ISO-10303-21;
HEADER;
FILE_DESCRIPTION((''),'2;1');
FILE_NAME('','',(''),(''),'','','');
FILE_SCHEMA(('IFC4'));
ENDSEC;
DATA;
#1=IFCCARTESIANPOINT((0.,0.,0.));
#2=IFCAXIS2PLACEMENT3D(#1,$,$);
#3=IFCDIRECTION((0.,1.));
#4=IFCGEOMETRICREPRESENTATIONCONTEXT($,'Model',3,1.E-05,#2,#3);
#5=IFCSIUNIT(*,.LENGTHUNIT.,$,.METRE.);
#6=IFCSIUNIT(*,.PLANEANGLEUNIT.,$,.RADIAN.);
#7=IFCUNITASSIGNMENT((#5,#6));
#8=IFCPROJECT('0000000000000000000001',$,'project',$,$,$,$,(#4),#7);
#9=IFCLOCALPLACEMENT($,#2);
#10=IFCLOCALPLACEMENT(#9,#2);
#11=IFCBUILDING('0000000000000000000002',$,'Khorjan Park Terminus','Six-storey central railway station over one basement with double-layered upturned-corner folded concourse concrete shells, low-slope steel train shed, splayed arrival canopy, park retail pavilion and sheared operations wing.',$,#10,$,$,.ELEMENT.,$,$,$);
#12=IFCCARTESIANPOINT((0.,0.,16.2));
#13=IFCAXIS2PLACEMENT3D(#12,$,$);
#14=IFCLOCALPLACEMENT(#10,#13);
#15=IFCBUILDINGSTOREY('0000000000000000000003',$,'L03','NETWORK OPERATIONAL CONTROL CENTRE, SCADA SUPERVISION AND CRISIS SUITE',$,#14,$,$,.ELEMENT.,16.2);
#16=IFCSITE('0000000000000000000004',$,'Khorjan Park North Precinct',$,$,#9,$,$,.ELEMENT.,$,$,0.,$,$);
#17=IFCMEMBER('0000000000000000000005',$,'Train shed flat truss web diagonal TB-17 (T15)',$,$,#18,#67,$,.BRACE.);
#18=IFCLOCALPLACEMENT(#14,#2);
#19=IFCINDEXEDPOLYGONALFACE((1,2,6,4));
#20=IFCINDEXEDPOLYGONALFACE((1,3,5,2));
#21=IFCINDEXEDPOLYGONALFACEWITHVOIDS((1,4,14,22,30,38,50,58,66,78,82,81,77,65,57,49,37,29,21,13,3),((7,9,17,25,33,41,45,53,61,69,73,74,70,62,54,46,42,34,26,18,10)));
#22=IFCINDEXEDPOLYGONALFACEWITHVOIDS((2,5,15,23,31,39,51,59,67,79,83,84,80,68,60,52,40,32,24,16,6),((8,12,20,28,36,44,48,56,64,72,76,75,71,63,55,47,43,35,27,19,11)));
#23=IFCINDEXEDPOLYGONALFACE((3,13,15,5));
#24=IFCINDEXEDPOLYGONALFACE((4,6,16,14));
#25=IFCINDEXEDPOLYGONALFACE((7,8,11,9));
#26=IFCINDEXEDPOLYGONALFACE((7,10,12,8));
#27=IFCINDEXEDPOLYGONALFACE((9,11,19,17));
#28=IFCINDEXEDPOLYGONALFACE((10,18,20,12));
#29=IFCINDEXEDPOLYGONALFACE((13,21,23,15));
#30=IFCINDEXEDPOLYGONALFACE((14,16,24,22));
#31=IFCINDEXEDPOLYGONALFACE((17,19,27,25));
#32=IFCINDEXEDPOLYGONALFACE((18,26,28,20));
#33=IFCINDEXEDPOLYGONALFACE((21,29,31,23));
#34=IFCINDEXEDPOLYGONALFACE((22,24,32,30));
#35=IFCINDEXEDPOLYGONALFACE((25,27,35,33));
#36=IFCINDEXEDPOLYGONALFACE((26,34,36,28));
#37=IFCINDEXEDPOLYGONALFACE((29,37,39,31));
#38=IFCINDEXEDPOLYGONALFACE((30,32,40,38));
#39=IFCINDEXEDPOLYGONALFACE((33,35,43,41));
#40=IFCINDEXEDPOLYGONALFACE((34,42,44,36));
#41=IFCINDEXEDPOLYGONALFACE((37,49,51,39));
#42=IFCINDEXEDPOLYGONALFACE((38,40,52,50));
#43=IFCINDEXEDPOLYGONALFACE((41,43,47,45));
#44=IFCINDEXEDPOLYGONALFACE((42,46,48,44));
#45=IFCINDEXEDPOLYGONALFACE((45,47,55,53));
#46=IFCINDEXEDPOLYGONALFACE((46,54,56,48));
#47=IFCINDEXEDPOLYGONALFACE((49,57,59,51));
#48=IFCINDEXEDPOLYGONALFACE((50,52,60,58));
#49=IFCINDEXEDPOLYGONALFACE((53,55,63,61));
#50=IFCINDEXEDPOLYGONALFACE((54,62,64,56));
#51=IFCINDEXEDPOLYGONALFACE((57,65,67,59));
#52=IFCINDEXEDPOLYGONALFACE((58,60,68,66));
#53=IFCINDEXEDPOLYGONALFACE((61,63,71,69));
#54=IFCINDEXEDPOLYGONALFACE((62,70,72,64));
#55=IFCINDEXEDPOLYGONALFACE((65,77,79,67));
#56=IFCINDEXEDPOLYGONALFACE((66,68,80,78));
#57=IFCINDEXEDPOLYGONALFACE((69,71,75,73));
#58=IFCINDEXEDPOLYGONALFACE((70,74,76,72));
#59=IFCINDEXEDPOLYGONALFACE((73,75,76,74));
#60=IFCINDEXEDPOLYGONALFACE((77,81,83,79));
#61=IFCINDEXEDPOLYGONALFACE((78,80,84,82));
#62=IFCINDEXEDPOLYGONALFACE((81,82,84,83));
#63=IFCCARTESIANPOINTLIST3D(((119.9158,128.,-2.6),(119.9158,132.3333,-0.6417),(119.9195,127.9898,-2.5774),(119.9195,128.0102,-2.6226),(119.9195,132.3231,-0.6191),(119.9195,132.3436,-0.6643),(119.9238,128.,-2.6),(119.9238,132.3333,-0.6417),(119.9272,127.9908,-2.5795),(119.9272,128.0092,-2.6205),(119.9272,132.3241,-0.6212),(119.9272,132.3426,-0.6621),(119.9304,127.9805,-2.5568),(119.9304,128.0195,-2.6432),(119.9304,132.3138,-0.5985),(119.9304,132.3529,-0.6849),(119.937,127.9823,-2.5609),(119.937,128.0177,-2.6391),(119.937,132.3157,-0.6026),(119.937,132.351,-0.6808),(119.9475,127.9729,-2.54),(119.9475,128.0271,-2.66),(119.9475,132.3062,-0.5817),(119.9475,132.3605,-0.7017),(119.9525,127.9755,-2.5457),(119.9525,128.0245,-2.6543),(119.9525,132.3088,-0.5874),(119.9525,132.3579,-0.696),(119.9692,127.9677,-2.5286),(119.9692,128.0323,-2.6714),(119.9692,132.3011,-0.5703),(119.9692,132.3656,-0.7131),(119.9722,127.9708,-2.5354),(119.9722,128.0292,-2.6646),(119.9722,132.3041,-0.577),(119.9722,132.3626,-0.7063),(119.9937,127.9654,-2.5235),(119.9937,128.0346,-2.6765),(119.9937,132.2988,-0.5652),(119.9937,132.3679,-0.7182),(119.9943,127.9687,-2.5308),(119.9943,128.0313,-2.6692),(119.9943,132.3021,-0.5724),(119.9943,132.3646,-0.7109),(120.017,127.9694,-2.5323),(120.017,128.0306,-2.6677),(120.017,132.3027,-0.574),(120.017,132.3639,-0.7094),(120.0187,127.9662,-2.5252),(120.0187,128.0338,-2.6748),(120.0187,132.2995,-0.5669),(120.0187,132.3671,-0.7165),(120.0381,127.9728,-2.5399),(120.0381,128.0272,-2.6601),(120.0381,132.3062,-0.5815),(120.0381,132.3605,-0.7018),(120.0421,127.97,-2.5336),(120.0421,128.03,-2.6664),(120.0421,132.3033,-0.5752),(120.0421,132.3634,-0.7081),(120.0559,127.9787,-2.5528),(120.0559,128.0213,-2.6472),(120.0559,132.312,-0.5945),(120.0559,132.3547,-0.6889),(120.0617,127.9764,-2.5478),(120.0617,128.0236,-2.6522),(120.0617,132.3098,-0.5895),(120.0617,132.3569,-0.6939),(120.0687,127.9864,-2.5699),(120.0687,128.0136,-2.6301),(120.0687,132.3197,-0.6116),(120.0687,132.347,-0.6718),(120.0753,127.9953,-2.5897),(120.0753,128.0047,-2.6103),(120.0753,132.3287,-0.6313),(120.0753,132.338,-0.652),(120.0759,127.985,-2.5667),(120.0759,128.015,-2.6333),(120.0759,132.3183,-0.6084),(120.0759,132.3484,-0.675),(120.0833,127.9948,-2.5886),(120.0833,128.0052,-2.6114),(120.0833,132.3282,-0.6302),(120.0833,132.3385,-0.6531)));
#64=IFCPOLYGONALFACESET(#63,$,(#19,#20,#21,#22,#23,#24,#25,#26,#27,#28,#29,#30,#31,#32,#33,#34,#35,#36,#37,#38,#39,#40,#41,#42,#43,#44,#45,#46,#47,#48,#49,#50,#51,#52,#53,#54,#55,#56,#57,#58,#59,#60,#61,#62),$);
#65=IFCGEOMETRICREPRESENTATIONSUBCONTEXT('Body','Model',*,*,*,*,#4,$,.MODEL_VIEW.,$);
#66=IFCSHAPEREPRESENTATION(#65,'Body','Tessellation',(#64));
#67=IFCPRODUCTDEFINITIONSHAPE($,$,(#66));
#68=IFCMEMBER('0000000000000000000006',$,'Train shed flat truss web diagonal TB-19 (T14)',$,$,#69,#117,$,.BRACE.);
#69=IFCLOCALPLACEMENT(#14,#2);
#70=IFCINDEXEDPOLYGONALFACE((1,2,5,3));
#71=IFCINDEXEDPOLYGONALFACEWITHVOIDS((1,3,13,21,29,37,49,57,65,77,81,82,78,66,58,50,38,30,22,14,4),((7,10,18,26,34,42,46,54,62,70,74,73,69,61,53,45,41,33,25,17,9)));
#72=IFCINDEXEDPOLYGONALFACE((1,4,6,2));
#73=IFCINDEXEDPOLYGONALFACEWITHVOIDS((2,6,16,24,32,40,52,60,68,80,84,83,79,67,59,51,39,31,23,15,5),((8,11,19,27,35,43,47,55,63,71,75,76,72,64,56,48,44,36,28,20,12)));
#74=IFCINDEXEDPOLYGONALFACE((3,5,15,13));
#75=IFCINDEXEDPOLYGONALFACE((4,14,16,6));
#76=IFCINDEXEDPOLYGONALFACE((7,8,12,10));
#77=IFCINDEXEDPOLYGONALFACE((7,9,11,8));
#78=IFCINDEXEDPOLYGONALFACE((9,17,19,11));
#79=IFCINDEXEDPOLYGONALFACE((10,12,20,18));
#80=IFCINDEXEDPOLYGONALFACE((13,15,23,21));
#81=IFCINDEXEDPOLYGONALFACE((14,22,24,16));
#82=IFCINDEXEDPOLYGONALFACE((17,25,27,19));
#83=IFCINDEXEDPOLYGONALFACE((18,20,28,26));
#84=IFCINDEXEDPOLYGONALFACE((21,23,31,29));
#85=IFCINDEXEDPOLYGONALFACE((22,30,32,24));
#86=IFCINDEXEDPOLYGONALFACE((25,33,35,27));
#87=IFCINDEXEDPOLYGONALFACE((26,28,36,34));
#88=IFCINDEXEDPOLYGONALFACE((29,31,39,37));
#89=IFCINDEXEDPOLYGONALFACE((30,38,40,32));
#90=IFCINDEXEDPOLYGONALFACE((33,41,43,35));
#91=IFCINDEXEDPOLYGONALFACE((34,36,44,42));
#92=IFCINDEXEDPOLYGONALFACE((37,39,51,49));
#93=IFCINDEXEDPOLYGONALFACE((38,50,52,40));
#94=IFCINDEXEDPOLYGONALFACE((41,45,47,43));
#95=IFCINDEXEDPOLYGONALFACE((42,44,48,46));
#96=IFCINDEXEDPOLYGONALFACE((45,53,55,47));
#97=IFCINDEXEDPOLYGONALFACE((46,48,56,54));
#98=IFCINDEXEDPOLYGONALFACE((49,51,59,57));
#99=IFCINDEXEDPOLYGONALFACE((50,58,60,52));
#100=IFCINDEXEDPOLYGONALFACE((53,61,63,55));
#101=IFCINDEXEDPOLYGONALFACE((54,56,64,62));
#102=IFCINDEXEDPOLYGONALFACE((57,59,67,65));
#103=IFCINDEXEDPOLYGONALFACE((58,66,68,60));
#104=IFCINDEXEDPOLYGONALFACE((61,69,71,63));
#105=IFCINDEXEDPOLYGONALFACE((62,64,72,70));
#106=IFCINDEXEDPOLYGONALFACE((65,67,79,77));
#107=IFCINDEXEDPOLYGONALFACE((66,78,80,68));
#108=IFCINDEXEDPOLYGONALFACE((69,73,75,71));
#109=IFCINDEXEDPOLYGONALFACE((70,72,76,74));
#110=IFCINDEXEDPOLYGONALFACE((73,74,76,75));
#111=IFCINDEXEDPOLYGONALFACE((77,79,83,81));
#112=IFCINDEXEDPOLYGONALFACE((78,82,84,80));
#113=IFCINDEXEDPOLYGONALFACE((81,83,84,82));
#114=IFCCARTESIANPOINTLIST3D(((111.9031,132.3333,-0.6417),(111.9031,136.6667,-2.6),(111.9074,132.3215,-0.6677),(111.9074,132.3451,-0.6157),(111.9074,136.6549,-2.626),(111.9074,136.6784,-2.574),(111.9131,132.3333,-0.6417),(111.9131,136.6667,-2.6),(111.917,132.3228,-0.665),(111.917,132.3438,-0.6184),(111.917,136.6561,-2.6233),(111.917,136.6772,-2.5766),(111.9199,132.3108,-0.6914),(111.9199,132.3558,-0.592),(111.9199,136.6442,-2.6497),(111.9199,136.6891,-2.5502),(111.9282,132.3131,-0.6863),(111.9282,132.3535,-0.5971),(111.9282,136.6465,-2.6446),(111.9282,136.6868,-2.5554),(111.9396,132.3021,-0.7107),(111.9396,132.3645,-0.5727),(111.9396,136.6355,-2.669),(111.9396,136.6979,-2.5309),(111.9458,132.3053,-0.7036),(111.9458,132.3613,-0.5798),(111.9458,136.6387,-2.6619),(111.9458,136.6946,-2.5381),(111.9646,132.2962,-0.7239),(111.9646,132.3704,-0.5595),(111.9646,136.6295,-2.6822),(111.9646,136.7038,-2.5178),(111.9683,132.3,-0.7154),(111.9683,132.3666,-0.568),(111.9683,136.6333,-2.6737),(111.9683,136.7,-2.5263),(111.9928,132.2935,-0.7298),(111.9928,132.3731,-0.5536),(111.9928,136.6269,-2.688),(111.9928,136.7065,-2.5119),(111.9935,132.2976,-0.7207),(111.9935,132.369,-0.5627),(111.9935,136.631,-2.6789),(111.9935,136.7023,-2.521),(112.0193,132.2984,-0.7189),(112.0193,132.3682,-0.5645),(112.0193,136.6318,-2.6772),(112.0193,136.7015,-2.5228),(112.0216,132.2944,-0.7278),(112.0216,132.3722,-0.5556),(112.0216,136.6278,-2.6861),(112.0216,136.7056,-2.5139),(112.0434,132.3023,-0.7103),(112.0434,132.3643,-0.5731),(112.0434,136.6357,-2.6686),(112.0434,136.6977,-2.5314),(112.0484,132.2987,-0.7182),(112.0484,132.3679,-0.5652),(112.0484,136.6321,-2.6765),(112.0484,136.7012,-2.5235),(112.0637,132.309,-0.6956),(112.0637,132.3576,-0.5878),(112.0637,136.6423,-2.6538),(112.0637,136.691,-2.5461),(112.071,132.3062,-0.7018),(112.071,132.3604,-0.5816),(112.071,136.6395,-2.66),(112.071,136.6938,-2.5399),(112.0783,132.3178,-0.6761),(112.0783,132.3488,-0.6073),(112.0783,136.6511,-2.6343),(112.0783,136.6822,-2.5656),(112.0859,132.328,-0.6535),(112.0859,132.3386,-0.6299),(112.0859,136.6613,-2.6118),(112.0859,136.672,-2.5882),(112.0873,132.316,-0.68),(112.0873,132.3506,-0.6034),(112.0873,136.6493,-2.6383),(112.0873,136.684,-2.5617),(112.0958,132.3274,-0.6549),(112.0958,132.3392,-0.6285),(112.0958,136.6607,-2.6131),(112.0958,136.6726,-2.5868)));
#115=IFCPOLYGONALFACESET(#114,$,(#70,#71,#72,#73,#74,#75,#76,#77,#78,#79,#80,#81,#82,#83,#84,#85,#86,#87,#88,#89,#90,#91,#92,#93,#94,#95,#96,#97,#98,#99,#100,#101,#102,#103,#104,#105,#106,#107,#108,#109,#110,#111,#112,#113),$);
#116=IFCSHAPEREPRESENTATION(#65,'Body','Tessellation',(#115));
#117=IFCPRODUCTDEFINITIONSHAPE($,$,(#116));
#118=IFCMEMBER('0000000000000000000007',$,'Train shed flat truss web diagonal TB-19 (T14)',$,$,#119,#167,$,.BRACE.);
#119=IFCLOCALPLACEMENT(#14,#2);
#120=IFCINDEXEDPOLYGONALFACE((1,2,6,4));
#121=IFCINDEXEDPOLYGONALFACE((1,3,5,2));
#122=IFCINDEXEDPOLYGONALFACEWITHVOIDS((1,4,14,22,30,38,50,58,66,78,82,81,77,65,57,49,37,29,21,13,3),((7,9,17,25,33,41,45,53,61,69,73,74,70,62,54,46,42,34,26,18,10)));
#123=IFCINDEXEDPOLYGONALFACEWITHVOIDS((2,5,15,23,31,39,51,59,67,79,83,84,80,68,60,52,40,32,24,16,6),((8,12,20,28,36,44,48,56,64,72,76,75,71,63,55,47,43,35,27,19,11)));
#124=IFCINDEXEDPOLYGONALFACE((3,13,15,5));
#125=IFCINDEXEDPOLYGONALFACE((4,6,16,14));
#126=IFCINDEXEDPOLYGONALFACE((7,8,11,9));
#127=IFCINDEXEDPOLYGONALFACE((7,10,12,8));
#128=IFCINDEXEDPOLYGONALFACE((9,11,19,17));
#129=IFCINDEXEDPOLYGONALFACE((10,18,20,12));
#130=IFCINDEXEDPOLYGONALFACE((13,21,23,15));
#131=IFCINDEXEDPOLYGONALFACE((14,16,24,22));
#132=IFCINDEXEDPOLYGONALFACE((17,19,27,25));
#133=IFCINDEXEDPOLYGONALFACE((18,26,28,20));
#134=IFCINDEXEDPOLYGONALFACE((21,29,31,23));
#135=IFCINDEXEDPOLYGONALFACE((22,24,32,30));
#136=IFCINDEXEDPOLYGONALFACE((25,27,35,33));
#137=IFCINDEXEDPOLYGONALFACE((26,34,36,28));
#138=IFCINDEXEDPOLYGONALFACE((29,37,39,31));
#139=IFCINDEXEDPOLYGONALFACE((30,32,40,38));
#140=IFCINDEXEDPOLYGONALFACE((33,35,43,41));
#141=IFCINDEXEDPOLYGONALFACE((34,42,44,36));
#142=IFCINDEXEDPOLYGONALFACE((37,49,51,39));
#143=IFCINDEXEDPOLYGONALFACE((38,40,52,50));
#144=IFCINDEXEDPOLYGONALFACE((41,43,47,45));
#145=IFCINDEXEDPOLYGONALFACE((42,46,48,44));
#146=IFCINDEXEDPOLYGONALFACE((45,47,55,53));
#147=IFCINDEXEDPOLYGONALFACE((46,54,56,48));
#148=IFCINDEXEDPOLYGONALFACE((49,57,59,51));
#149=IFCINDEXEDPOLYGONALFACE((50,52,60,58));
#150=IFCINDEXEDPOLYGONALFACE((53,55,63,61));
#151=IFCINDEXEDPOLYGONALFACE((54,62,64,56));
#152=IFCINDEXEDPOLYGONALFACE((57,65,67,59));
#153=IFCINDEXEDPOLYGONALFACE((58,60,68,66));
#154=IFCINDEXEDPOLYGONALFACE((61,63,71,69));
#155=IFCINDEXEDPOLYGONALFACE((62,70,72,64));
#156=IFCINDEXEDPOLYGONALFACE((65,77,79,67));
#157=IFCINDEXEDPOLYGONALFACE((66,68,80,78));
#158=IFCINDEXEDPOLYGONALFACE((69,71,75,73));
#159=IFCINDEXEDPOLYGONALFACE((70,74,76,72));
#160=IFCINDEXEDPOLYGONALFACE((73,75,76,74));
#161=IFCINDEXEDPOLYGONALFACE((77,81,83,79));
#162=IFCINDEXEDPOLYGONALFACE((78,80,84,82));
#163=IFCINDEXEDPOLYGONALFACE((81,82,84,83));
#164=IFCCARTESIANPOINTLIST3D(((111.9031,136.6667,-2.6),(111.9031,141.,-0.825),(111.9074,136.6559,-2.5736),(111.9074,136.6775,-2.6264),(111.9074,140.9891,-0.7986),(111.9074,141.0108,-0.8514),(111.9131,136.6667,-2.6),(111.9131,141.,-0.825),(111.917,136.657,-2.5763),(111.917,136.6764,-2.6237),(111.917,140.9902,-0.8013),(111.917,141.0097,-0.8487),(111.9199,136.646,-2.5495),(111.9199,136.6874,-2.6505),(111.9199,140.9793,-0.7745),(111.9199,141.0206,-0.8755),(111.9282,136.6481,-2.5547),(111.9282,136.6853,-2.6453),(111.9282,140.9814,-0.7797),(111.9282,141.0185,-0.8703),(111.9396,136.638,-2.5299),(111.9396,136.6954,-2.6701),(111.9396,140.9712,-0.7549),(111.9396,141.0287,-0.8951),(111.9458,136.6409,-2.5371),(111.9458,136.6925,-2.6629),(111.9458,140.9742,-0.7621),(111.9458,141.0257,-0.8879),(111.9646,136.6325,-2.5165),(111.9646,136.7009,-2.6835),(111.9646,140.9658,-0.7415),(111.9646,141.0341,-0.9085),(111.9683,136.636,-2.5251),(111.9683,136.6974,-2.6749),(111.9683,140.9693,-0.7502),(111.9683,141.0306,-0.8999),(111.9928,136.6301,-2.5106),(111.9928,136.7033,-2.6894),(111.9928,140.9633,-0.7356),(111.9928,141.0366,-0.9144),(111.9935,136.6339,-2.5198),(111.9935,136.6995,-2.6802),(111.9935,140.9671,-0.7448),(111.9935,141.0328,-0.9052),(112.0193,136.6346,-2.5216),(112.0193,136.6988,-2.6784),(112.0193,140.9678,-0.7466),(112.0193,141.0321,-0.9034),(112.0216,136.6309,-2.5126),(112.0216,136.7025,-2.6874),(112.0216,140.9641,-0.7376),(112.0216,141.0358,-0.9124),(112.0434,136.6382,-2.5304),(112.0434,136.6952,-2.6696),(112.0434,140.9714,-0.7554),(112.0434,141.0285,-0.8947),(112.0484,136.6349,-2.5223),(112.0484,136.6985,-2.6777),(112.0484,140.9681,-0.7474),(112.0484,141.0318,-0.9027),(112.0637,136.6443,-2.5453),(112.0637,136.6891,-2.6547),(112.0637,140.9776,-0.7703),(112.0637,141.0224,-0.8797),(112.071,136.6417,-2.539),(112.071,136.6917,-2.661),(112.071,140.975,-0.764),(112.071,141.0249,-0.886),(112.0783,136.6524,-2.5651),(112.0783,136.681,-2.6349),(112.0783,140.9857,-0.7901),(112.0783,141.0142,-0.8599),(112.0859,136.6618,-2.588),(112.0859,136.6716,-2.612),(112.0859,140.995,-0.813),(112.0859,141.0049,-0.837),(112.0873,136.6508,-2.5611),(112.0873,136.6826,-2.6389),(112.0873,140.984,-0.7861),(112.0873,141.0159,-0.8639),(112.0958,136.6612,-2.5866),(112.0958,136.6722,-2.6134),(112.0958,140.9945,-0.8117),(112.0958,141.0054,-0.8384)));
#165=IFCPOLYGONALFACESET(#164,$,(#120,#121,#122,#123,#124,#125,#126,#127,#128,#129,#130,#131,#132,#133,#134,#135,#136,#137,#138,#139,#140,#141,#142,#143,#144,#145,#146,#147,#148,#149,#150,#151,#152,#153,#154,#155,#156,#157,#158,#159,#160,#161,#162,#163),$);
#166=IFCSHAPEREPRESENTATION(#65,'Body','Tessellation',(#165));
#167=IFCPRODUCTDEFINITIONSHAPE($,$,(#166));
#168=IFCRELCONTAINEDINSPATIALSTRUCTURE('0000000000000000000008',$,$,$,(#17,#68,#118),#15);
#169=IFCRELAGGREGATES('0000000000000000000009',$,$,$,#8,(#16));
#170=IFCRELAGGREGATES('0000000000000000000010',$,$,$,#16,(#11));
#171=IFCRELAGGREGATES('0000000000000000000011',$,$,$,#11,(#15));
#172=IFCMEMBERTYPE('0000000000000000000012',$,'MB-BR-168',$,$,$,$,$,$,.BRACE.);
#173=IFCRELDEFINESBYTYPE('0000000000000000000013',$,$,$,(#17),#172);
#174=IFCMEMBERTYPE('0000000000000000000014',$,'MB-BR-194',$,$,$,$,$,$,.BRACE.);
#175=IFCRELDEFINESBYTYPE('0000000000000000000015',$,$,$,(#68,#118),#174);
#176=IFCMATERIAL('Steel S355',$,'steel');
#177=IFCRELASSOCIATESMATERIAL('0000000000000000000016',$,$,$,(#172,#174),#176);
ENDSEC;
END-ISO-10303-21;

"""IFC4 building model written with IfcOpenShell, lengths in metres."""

from ifc_helpers import new_model, si_unit, direction, frame, origin, origin_2d, place, context, subcontext, project, spatial, hollow_circle, extrude, material, material_profile, profile_set, type_object, element, save


model = new_model("IFC4")

# Units and contexts
model_context = context("Model", 3, precision=1e-05, world=origin(), true_north=direction((0.0, 1.0)))
body_context = subcontext(model_context, "Body", "Model", "MODEL_VIEW")
ifc_project = project(units=[si_unit("LENGTHUNIT", "METRE"), si_unit("PLANEANGLEUNIT", "RADIAN")], contexts=[model_context])

# Site, building, storey
site_placement = place(None, origin())
site = spatial("IfcSite", under=ifc_project, at=site_placement, Name="Khorjan Park North Precinct", CompositionType="ELEMENT", RefElevation=0.0)
building_placement = place(site_placement, origin())
building = spatial("IfcBuilding", under=site, at=building_placement, Name="Khorjan Park Terminus", Description="Six-storey central railway station over one basement with double-layered upturned-corner folded concourse concrete shells, low-slope steel train shed, splayed arrival canopy, park retail pavilion and sheared operations wing.", CompositionType="ELEMENT")
storey_placement = place(building_placement, frame((0.0, 0.0, 16.2)))
storey = spatial("IfcBuildingStorey", under=building, at=storey_placement, Name="L03", Description="NETWORK OPERATIONAL CONTROL CENTRE, SCADA SUPERVISION AND CRISIS SUITE", CompositionType="ELEMENT", Elevation=16.2)

# Members
ifc_material_1 = material(Name="Steel S355", Category="steel")
ifc_material_profile_1 = material_profile(ifc_material_1, hollow_circle(Radius=0.0842, WallThickness=0.008, at=origin_2d()), Name="CHS 168.3x8")
ifc_profile_set_1 = profile_set([ifc_material_profile_1], Name="Steel S355")
member_type_1 = type_object("IfcMemberType", Name="MB-BR-168", PredefinedType="BRACE", material=ifc_profile_set_1)
member_1_placement = place(storey_placement, frame((120.0, 128.0, -2.6), z_axis=(0.0, 0.911266, 0.411818), x_axis=(-1.0, 0.0, 0.0)))
element("IfcMember", 1, at=member_1_placement, inside=storey, type_object=member_type_1, Name="Train shed flat truss web diagonal TB-17 (T15)", PredefinedType="BRACE", context=body_context, shape_type="SweptSolid", body=[
    extrude(hollow_circle(Radius=0.0842, WallThickness=0.008, at=origin_2d()), origin(), (0.0, 0.0, 1.0), 4.7553),
])
ifc_material_profile_2 = material_profile(ifc_material_1, hollow_circle(Radius=0.0969, WallThickness=0.01, at=origin_2d()), Name="CHS 193.7x10")
ifc_profile_set_2 = profile_set([ifc_material_profile_2], Name="Steel S355")
member_type_2 = type_object("IfcMemberType", Name="MB-BR-194", PredefinedType="BRACE", material=ifc_profile_set_2)
member_2_placement = place(storey_placement, frame((112.0, 132.3333, -0.6417), z_axis=(0.0, 0.91127, -0.41181), x_axis=(-1.0, 0.0, 0.0)))
element("IfcMember", 2, at=member_2_placement, inside=storey, type_object=member_type_2, Name="Train shed flat truss web diagonal TB-19 (T14)", PredefinedType="BRACE", context=body_context, shape_type="SweptSolid", body=[
    extrude(hollow_circle(Radius=0.0969, WallThickness=0.01, at=origin_2d()), origin(), (0.0, 0.0, 1.0), 4.7553),
])
for number, where, z_axis, x_axis, name in (
    (3, (112.0, 136.6667, -2.6), (0.0, 0.925376, 0.379051), (-1.0, 0.0, 0.0), "Train shed flat truss web diagonal TB-19 (T14)"),
):
    element("IfcMember", number, at=place(storey_placement, frame(where, z_axis=z_axis, x_axis=x_axis)), inside=storey, type_object=member_type_2, Name=name, PredefinedType="BRACE", context=body_context, shape_type="SweptSolid", body=[
        extrude(hollow_circle(Radius=0.0969, WallThickness=0.01, at=origin_2d()), origin(), (0.0, 0.0, 1.0), 4.6827),
    ])

save(model, "model.ifc")
